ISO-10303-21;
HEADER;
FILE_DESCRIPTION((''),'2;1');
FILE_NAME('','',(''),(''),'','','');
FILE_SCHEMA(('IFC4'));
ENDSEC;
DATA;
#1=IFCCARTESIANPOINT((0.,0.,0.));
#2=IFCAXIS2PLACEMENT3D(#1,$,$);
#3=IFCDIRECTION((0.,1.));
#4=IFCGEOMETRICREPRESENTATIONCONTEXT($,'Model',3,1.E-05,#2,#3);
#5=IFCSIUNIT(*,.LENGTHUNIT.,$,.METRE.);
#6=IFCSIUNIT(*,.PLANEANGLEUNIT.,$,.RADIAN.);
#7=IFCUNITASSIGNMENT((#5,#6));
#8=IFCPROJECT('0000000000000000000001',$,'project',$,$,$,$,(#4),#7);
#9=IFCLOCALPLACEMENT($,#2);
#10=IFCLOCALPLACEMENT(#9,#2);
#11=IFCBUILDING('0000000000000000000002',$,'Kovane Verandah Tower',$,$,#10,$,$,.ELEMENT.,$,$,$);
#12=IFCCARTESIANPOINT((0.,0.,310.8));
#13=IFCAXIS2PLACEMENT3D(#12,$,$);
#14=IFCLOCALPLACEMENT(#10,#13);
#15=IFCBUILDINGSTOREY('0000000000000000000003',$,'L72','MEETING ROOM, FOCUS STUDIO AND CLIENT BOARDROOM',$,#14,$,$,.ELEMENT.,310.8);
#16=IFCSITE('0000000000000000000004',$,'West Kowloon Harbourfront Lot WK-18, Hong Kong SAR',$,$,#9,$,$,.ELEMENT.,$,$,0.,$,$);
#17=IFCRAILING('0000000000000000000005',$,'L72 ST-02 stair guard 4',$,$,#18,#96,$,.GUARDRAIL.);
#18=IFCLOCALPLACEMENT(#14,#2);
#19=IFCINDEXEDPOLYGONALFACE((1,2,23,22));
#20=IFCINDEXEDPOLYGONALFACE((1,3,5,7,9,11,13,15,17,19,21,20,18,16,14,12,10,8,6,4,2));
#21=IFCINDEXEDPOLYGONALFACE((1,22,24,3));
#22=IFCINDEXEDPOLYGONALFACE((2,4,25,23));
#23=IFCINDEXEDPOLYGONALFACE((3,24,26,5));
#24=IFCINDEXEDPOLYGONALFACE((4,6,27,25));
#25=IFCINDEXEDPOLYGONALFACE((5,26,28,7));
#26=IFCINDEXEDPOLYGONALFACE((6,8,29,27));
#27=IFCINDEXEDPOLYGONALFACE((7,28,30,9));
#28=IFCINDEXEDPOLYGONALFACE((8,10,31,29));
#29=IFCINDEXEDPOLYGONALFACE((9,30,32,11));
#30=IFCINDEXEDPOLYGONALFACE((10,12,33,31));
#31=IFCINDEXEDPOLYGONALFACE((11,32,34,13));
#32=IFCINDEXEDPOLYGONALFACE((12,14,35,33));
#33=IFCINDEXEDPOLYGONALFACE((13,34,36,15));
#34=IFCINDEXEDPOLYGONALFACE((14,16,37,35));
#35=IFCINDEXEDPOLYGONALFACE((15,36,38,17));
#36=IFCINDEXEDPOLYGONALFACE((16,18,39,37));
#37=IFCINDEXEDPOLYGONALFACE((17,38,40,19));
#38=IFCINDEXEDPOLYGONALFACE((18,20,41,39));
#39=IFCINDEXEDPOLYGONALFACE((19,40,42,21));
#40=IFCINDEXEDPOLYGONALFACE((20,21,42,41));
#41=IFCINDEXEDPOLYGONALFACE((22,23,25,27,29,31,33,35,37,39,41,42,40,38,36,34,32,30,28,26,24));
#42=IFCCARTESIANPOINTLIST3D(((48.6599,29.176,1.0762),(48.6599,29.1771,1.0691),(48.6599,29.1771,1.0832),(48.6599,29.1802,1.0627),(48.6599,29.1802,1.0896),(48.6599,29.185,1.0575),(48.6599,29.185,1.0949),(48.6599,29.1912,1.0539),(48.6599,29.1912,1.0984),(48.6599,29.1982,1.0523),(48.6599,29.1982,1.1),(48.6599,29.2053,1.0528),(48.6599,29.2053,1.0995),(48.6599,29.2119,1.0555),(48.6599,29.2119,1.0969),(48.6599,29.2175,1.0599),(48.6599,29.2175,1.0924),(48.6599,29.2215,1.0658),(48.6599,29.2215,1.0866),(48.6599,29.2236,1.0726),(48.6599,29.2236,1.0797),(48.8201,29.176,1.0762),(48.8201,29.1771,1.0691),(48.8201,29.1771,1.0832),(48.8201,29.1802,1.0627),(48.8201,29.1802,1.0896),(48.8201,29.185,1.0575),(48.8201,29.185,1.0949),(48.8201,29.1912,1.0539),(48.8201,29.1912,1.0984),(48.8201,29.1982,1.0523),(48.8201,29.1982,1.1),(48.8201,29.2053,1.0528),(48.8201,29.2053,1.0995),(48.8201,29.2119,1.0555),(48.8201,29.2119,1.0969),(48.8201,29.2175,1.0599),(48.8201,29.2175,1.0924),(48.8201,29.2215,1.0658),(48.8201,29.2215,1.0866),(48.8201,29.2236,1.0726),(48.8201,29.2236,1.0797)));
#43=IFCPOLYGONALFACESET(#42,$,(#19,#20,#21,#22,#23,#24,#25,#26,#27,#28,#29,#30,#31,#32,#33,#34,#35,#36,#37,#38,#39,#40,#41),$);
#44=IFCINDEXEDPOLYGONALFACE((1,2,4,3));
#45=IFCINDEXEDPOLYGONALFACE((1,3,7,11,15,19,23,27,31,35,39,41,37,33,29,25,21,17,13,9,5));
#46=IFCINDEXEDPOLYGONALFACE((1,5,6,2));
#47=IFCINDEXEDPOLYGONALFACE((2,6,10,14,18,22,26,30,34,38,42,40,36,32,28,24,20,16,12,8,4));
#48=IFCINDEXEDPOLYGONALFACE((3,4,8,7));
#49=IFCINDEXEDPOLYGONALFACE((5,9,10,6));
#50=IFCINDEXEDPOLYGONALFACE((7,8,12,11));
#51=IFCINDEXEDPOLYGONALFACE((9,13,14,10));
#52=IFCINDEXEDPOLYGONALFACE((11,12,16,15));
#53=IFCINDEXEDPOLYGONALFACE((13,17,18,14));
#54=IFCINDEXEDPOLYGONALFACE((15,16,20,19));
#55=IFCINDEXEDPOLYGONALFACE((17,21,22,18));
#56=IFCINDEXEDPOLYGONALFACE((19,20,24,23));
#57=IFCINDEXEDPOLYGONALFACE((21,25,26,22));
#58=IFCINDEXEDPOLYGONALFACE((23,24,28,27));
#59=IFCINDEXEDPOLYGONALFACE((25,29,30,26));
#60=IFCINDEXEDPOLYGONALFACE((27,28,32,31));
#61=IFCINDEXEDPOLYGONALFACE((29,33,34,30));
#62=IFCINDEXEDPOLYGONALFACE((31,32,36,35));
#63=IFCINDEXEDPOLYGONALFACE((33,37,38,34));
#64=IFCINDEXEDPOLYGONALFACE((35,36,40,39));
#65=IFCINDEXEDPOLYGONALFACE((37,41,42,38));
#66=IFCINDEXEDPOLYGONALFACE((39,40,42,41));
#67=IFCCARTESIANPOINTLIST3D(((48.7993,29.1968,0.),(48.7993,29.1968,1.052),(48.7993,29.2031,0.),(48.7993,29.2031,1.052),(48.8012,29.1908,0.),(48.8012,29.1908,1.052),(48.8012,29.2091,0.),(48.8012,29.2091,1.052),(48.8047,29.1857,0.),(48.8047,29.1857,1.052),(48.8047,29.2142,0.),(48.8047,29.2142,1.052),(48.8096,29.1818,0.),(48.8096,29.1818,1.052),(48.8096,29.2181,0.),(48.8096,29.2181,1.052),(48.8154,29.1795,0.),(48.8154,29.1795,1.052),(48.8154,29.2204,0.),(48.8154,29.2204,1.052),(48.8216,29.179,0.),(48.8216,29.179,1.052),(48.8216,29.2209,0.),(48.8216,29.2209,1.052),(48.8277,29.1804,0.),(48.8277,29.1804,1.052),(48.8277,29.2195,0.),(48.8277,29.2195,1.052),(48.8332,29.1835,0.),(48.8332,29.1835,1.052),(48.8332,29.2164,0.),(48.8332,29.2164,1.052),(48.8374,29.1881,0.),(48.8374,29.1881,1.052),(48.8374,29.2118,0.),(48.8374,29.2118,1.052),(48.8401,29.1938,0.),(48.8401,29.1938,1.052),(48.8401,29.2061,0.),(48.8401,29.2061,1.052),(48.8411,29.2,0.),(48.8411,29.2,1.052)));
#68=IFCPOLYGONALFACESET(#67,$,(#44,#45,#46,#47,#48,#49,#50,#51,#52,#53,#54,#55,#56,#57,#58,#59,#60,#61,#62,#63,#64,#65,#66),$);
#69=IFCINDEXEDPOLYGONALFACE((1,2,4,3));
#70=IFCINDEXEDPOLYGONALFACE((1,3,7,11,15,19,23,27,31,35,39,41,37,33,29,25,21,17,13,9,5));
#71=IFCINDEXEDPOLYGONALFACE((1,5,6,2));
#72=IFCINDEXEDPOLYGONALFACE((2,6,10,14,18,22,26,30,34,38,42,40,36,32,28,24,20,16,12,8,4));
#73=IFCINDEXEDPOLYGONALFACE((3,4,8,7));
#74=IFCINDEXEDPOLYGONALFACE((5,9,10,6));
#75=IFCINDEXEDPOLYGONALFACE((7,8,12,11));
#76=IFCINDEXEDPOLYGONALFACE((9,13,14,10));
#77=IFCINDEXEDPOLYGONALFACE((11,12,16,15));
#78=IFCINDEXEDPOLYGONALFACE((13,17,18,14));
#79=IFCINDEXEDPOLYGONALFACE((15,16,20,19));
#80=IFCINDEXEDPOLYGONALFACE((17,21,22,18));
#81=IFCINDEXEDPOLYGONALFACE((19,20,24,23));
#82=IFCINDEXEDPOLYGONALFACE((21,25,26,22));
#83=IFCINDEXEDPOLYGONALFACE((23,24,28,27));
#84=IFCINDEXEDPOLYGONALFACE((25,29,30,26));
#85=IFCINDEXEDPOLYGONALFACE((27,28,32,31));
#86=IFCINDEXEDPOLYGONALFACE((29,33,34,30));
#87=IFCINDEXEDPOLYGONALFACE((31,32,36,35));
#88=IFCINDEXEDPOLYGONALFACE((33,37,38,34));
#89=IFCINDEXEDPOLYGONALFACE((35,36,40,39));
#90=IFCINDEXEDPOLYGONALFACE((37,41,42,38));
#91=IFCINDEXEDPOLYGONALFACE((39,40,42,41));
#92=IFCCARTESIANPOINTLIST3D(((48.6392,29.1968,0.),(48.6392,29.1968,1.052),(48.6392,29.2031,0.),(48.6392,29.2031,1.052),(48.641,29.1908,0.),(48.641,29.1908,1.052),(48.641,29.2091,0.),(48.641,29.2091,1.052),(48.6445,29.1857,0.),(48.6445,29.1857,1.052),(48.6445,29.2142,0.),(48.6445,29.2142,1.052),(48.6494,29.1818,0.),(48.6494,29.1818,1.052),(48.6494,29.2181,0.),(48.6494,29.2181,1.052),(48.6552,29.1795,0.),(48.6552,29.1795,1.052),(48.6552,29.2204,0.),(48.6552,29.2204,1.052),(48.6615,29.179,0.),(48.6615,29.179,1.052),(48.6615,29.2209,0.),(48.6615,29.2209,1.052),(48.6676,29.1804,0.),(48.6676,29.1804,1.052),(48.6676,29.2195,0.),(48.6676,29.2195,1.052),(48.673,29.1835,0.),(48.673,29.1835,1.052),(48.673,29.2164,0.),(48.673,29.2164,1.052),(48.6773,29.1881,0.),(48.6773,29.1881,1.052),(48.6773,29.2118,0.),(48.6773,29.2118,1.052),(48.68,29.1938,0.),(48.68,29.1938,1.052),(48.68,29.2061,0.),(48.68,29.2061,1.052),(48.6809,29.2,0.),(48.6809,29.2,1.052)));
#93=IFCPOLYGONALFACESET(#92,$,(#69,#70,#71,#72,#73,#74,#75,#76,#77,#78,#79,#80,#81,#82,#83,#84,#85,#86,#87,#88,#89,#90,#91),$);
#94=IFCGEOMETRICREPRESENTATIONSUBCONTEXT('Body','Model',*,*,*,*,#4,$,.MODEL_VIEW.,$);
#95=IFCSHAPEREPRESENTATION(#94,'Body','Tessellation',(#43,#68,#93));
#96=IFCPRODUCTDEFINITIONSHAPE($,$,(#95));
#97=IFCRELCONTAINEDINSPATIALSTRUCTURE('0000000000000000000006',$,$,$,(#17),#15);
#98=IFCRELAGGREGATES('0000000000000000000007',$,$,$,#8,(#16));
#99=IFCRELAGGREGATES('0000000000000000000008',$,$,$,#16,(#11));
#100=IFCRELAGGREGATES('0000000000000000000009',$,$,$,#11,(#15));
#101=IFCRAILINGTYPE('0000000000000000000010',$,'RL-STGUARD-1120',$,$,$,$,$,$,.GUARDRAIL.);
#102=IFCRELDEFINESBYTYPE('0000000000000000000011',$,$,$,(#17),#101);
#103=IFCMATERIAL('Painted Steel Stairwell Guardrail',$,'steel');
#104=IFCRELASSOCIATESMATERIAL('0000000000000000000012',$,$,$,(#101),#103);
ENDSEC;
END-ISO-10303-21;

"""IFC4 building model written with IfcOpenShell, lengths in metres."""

from ifc_helpers import new_model, si_unit, direction, frame, origin, origin_2d, place, context, subcontext, project, spatial, circle, extrude, material, type_object, element, save


model = new_model("IFC4")

# Units and contexts
model_context = context("Model", 3, precision=1e-05, world=origin(), true_north=direction((0.0, 1.0)))
body_context = subcontext(model_context, "Body", "Model", "MODEL_VIEW")
ifc_project = project(units=[si_unit("LENGTHUNIT", "METRE"), si_unit("PLANEANGLEUNIT", "RADIAN")], contexts=[model_context])

# Site, building, storey
site_placement = place(None, origin())
site = spatial("IfcSite", under=ifc_project, at=site_placement, Name="West Kowloon Harbourfront Lot WK-18, Hong Kong SAR", CompositionType="ELEMENT", RefElevation=0.0)
building_placement = place(site_placement, origin())
building = spatial("IfcBuilding", under=site, at=building_placement, Name="Kovane Verandah Tower", CompositionType="ELEMENT")
storey_placement = place(building_placement, frame((0.0, 0.0, 310.8)))
storey = spatial("IfcBuildingStorey", under=building, at=storey_placement, Name="L72", Description="MEETING ROOM, FOCUS STUDIO AND CLIENT BOARDROOM", CompositionType="ELEMENT", Elevation=310.8)

# Railing
ifc_material_1 = material(Name="Painted Steel Stairwell Guardrail", Category="steel")
railing_type_1 = type_object("IfcRailingType", Name="RL-STGUARD-1120", PredefinedType="GUARDRAIL", material=ifc_material_1)
railing_1_placement = place(storey_placement, frame((48.8201, 29.2, 0.0)))
element("IfcRailing", 1, at=railing_1_placement, inside=storey, type_object=railing_type_1, Name="L72 ST-02 stair guard 4", PredefinedType="GUARDRAIL", context=body_context, shape_type="SweptSolid", body=[
    extrude(circle(Radius=0.0239, at=origin_2d()), frame((0.0, 0.0, 1.0762), z_axis=(-1.0, 0.0, 0.0), x_axis=(0.0, -1.0, 0.0)), (0.0, 0.0, 1.0), 0.1602),
    extrude(circle(Radius=0.021, at=origin_2d()), origin(), (0.0, 0.0, 1.0), 1.052),
    extrude(circle(Radius=0.021, at=origin_2d()), frame((-0.1602, 0.0, 0.0)), (0.0, 0.0, 1.0), 1.052),
])

save(model, "model.ifc")
